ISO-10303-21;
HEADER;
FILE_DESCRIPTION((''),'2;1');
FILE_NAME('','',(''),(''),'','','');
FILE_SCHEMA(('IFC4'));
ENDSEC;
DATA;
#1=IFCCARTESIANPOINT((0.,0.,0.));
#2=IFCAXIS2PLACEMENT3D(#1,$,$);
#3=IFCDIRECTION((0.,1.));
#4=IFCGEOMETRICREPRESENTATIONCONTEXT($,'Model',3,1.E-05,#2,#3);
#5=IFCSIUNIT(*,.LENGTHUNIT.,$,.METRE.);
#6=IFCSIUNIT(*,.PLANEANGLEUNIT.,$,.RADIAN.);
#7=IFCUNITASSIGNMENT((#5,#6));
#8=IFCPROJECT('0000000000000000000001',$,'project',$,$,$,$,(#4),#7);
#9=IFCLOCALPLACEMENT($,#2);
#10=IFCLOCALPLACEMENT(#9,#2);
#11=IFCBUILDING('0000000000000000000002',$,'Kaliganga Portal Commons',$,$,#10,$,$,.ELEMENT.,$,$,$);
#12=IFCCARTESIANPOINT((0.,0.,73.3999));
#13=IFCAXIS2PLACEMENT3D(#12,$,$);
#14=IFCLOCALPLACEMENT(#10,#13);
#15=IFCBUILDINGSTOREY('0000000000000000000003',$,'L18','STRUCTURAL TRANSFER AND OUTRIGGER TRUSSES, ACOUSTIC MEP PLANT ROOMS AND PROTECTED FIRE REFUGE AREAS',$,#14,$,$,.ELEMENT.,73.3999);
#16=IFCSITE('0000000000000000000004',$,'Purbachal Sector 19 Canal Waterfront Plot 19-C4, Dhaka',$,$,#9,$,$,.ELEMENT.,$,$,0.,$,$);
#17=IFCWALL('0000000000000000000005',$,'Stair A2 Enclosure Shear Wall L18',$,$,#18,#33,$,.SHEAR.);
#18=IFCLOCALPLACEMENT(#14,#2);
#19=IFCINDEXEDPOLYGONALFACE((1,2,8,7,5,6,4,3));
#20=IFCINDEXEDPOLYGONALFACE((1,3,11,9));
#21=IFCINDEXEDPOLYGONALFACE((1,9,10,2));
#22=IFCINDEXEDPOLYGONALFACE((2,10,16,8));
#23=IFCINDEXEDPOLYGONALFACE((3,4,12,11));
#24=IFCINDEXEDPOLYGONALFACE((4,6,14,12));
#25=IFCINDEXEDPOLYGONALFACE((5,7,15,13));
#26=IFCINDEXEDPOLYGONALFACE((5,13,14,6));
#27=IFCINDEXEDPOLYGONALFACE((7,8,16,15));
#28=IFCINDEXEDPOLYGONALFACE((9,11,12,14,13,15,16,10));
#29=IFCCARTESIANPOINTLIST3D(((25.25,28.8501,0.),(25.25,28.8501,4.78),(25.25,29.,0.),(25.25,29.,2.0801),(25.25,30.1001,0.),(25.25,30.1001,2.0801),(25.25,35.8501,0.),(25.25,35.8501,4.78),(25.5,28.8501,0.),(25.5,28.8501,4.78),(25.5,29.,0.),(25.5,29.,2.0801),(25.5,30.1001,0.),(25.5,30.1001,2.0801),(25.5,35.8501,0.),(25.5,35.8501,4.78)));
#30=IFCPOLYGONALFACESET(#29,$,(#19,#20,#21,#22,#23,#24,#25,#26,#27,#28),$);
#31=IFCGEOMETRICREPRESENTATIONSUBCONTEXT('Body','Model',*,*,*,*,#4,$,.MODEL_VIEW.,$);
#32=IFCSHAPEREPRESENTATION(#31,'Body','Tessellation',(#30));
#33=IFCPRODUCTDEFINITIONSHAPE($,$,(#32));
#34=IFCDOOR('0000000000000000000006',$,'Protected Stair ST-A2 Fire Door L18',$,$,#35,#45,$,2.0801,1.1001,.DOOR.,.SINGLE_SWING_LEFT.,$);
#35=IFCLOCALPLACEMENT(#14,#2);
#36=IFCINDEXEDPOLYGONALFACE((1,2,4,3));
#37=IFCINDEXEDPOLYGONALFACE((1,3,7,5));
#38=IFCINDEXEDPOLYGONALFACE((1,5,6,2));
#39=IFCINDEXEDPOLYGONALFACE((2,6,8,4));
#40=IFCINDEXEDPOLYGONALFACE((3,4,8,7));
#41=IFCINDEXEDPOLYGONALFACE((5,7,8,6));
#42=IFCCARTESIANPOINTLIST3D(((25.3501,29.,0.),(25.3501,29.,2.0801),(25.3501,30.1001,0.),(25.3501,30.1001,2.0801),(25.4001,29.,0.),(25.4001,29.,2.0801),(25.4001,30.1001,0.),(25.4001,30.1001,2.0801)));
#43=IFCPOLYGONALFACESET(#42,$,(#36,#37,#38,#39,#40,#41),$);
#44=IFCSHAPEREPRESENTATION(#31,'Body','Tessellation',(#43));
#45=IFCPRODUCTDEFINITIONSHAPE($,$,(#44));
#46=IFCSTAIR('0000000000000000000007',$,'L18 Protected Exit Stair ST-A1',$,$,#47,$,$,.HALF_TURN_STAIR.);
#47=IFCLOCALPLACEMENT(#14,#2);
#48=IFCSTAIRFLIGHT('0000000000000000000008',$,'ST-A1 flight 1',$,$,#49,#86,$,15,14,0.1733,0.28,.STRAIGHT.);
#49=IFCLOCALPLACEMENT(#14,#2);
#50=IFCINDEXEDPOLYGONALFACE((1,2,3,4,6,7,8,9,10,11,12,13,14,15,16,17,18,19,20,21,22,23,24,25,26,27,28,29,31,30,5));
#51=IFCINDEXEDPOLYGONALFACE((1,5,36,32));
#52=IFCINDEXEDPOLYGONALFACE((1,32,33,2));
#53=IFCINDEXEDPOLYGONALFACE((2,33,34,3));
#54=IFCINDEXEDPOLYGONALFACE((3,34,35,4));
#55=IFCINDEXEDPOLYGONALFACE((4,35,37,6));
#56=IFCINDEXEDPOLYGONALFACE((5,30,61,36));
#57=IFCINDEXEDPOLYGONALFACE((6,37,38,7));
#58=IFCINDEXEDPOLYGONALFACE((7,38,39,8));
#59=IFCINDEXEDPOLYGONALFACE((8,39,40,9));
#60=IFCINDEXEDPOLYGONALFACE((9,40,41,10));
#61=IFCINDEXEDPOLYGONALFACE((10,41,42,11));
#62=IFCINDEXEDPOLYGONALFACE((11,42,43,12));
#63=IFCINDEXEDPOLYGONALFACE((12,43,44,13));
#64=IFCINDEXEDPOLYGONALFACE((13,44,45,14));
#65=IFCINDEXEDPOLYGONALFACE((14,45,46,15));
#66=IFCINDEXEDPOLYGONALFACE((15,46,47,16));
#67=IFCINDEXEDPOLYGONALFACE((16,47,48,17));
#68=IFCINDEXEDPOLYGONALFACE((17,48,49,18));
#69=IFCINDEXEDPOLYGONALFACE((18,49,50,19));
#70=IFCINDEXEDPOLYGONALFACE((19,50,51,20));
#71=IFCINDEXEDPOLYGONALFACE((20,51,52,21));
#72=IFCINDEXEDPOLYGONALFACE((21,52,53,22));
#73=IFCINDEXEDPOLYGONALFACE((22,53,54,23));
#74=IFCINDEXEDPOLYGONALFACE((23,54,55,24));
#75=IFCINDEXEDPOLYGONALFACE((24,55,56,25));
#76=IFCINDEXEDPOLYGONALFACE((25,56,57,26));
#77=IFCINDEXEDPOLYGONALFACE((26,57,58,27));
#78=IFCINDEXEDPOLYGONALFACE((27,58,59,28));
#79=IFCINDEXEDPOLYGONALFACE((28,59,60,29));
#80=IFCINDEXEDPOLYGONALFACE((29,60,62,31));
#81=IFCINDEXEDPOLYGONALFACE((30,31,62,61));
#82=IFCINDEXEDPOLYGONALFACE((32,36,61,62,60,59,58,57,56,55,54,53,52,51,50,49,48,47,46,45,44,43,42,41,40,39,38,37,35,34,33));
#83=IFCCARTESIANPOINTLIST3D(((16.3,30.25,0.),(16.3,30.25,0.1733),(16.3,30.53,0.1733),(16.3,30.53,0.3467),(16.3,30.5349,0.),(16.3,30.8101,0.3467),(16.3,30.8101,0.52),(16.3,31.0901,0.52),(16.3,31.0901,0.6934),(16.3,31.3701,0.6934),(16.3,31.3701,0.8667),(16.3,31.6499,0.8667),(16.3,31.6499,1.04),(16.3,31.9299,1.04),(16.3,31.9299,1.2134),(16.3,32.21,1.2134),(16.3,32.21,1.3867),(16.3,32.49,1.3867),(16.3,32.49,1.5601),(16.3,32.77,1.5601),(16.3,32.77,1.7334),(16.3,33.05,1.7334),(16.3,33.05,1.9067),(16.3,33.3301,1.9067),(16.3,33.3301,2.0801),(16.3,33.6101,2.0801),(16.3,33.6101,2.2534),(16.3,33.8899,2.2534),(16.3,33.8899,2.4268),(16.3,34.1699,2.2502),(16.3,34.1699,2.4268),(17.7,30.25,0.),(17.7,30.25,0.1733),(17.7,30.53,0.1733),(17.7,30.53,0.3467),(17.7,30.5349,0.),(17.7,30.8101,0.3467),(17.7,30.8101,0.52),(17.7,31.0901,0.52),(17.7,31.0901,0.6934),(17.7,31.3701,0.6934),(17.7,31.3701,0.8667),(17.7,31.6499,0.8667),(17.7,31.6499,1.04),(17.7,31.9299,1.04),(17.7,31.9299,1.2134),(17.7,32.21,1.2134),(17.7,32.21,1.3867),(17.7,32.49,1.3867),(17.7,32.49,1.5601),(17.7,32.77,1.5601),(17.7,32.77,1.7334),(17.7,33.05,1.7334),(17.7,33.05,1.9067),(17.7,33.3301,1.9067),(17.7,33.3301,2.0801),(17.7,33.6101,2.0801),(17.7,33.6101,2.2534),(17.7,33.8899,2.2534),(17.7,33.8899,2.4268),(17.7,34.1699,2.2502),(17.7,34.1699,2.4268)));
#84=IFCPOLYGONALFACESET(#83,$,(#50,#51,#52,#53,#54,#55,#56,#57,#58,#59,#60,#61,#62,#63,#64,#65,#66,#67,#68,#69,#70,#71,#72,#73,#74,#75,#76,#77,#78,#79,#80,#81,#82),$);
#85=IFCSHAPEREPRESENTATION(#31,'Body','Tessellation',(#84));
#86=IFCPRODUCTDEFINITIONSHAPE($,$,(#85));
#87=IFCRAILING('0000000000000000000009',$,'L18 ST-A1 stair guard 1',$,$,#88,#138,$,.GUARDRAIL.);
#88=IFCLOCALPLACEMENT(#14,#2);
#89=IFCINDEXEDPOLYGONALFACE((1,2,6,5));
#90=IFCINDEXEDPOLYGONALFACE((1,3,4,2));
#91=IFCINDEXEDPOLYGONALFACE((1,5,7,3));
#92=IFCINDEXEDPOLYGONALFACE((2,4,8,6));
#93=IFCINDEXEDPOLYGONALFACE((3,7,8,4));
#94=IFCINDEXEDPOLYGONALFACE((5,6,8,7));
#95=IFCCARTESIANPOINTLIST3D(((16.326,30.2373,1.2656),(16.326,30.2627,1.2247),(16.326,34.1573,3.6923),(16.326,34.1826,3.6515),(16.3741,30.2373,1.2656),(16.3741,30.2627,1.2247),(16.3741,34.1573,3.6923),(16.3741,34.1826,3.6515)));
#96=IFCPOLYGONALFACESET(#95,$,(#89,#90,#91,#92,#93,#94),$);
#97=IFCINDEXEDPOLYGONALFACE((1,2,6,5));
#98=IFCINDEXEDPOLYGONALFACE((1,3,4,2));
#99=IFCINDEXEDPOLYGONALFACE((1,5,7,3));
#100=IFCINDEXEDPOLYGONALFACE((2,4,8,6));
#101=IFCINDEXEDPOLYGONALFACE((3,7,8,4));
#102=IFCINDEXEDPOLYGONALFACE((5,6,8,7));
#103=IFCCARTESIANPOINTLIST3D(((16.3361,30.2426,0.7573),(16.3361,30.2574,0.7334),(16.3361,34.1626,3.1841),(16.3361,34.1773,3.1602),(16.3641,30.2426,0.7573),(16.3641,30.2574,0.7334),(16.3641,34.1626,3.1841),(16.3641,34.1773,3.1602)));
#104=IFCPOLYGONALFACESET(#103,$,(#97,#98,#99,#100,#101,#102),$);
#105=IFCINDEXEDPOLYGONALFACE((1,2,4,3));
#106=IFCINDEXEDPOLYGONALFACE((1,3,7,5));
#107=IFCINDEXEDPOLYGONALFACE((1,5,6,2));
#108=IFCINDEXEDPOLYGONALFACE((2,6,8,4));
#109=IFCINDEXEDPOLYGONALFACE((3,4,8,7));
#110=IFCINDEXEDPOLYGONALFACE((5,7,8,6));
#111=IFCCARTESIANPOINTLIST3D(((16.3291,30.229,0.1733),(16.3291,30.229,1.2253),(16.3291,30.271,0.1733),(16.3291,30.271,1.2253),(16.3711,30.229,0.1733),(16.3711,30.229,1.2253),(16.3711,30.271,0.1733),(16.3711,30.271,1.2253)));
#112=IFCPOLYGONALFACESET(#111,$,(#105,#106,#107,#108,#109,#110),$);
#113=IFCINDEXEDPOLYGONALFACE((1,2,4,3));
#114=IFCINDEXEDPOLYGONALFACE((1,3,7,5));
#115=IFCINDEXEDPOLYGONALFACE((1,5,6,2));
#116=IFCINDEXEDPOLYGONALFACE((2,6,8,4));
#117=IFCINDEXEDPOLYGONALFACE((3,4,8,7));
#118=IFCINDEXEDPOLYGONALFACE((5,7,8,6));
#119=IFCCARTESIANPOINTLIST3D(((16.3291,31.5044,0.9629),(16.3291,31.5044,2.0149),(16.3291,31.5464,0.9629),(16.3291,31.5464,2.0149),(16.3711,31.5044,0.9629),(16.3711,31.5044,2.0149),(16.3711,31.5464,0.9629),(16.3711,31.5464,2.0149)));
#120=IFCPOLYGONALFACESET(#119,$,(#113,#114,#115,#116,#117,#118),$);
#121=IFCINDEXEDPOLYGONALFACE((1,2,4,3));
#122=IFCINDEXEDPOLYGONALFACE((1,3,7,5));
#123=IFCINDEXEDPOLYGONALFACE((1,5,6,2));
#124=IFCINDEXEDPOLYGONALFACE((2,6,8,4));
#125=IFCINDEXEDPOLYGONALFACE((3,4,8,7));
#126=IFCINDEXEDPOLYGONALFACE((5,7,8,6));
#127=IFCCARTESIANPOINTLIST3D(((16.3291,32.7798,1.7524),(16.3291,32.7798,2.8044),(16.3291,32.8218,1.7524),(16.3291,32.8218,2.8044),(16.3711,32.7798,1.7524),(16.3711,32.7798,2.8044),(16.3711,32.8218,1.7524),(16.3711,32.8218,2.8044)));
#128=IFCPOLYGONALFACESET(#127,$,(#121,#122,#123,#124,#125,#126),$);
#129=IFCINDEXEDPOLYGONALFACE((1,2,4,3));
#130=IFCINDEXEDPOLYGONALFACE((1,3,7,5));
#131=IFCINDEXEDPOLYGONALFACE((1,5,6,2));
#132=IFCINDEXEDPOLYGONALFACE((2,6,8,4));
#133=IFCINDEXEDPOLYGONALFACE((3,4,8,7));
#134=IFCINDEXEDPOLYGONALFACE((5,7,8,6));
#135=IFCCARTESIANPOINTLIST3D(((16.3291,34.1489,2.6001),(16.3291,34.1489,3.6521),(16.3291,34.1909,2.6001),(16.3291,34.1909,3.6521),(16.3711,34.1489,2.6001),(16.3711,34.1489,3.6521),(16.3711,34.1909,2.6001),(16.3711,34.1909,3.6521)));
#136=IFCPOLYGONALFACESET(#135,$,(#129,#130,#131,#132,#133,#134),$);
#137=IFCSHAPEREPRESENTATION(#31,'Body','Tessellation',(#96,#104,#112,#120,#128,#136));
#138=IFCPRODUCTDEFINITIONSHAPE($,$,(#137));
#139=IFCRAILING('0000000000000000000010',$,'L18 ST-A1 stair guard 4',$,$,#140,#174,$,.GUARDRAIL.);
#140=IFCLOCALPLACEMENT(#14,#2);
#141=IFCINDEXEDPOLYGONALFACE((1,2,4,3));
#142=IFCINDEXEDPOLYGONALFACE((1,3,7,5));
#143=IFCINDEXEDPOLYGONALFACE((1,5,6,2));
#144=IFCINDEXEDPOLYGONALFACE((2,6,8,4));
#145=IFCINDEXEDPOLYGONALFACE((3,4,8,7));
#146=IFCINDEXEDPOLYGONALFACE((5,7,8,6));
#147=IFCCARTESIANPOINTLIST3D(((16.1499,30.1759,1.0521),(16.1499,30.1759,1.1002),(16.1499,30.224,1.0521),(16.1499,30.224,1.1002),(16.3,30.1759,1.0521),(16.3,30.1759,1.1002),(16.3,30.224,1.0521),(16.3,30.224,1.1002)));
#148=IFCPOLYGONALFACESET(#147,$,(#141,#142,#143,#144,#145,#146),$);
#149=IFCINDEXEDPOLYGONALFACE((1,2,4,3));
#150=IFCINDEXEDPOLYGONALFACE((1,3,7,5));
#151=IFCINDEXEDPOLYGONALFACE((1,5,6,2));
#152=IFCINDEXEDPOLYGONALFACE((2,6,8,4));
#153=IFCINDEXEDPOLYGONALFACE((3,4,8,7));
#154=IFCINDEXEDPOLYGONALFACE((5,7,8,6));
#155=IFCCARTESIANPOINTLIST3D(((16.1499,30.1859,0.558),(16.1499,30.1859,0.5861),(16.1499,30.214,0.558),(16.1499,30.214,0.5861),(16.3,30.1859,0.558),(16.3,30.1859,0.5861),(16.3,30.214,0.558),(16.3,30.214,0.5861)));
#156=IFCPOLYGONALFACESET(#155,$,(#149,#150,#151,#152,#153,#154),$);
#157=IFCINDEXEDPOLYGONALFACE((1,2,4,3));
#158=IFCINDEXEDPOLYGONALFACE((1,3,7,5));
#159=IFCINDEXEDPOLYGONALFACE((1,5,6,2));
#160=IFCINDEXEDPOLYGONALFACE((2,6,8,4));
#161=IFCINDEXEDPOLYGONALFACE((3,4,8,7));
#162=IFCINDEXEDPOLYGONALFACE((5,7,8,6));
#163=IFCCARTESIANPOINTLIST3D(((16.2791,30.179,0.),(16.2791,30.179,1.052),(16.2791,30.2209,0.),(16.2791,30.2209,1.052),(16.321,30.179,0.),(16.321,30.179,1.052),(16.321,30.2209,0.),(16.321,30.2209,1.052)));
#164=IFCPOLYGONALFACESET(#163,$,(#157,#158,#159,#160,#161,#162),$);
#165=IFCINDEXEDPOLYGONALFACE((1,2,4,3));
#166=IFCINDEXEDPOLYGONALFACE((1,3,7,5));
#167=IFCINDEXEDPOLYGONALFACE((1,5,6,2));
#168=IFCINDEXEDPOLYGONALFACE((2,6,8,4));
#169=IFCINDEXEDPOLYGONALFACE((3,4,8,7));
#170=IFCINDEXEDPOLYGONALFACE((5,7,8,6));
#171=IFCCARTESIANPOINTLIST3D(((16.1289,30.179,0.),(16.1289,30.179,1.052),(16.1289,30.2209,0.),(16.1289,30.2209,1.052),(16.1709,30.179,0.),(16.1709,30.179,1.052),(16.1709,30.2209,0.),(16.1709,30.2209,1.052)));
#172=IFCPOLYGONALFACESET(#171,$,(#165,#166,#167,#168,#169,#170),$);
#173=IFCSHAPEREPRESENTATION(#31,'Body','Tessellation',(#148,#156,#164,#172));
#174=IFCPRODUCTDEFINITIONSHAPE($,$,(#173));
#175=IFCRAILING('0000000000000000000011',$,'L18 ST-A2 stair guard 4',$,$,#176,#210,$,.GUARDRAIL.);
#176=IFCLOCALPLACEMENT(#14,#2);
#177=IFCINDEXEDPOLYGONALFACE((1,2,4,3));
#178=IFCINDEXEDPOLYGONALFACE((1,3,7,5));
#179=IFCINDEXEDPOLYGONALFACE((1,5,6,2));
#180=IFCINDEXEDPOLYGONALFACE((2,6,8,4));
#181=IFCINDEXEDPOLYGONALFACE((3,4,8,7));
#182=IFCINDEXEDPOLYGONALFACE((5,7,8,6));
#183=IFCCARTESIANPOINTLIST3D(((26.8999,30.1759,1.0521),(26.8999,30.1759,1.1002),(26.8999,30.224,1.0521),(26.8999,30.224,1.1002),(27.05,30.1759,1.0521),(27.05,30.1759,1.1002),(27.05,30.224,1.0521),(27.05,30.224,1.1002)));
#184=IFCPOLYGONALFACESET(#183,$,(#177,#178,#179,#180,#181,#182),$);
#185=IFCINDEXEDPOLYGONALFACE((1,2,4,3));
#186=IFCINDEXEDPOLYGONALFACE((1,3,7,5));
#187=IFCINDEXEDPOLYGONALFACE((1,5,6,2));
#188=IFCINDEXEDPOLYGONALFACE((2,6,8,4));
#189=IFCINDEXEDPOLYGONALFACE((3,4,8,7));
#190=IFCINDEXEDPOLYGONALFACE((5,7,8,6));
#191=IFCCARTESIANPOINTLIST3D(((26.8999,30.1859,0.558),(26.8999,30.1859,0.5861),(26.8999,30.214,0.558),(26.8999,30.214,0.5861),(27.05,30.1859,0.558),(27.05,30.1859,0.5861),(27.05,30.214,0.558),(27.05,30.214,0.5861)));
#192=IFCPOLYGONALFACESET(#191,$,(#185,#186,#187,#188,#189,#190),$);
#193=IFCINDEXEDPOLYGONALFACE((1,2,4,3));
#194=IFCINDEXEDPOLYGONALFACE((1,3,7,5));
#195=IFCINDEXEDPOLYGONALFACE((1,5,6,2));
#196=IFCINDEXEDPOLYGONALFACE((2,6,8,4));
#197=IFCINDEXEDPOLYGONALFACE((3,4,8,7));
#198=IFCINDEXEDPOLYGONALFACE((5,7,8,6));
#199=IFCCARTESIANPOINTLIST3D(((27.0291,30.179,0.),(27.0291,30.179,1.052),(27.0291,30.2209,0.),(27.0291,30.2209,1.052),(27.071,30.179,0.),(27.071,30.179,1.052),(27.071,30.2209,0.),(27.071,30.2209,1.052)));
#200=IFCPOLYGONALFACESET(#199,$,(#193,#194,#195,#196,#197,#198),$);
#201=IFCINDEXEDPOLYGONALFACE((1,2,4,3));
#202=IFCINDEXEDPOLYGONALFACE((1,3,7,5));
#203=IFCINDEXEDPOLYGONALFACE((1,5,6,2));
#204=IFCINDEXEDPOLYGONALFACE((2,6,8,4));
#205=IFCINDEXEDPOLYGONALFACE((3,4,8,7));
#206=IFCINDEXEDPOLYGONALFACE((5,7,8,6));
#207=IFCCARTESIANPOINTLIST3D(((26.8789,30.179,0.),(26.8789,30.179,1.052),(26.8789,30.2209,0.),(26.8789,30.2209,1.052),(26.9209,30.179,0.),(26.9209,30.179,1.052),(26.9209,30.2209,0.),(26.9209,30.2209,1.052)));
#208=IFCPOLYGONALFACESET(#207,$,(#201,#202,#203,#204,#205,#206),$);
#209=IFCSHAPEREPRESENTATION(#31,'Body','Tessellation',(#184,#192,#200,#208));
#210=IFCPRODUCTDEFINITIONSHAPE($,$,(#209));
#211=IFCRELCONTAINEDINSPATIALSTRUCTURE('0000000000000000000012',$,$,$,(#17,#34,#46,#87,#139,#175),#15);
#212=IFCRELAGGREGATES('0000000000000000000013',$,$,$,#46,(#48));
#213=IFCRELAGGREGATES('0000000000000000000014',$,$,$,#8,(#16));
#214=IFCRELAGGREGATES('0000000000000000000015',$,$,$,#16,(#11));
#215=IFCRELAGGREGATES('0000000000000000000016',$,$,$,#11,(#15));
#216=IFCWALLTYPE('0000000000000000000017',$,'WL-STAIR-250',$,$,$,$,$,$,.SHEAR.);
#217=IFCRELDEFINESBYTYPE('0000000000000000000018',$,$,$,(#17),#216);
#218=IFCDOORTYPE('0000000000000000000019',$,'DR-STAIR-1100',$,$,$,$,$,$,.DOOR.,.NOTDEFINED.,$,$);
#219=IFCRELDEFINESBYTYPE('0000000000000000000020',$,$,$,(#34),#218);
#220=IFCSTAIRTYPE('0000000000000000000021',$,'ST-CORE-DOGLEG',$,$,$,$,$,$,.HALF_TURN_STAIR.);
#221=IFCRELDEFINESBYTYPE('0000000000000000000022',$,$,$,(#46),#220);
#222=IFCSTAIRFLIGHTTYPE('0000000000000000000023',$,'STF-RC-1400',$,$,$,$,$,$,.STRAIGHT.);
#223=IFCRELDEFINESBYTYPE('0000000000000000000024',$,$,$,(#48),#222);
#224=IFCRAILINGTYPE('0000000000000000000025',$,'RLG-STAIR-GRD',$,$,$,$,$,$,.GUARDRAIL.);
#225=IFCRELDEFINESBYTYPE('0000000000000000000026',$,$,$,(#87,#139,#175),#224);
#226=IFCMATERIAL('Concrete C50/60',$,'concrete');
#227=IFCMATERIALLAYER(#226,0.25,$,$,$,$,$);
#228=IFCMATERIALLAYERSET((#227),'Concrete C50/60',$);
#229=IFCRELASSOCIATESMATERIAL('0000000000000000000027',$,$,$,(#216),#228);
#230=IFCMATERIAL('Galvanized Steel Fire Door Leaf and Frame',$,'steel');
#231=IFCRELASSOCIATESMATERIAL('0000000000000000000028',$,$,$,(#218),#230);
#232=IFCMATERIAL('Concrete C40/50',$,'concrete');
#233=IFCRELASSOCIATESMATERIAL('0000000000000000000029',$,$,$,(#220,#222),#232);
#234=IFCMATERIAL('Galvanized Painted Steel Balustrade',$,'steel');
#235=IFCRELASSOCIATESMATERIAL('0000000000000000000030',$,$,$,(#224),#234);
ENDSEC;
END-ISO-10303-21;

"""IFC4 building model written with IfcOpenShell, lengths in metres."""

from ifc_helpers import new_model, si_unit, direction, frame, frame_2d, origin, origin_2d, place, context, subcontext, project, spatial, polyline, rectangle, outline, extrude, material, layer, layer_set, type_object, element, fill, aggregate, save


model = new_model("IFC4")

# Units and contexts
model_context = context("Model", 3, precision=1e-05, world=origin(), true_north=direction((0.0, 1.0)))
body_context = subcontext(model_context, "Body", "Model", "MODEL_VIEW")
ifc_project = project(units=[si_unit("LENGTHUNIT", "METRE"), si_unit("PLANEANGLEUNIT", "RADIAN")], contexts=[model_context])

# Site, building, storey
site_placement = place(None, origin())
site = spatial("IfcSite", under=ifc_project, at=site_placement, Name="Purbachal Sector 19 Canal Waterfront Plot 19-C4, Dhaka", CompositionType="ELEMENT", RefElevation=0.0)
building_placement = place(site_placement, origin())
building = spatial("IfcBuilding", under=site, at=building_placement, Name="Kaliganga Portal Commons", CompositionType="ELEMENT")
storey_placement = place(building_placement, frame((0.0, 0.0, 73.3999)))
storey = spatial("IfcBuildingStorey", under=building, at=storey_placement, Name="L18", Description="STRUCTURAL TRANSFER AND OUTRIGGER TRUSSES, ACOUSTIC MEP PLANT ROOMS AND PROTECTED FIRE REFUGE AREAS", CompositionType="ELEMENT", Elevation=73.3999)

# Wall, opening, door
ifc_material_1 = material(Name="Concrete C50/60", Category="concrete")
ifc_layer_1 = layer(ifc_material_1, 0.25)
ifc_layer_set_1 = layer_set([ifc_layer_1], Name="Concrete C50/60")
wall_type_1 = type_object("IfcWallType", Name="WL-STAIR-250", PredefinedType="SHEAR", material=ifc_layer_set_1)
ifc_material_2 = material(Name="Galvanized Steel Fire Door Leaf and Frame", Category="steel")
door_type_1 = type_object("IfcDoorType", Name="DR-STAIR-1100", OperationType="NOTDEFINED", PredefinedType="DOOR", material=ifc_material_2)
wall_1_placement = place(storey_placement, frame((25.375, 28.8501, 0.0), z_axis=(0.0, 0.0, 1.0), x_axis=(0.0, 1.0, 0.0)))
wall_1 = element("IfcWall", 1, at=wall_1_placement, inside=storey, type_object=wall_type_1, Name="Stair A2 Enclosure Shear Wall L18", PredefinedType="SHEAR", context=body_context, shape_type="SweptSolid", body=[
    extrude(rectangle(XDim=7.0, YDim=0.25, at=frame_2d((3.5, 0.0))), origin(), (0.0, 0.0, 1.0), 4.78),
])
opening_1_placement = place(wall_1_placement, frame((0.1499, 0.0, 0.0)))
opening_1 = element("IfcOpeningElement", 2, at=opening_1_placement, cuts=wall_1, PredefinedType="OPENING", context=body_context, shape_type="SweptSolid", body=[
    extrude(rectangle(XDim=1.1001, YDim=2.0801, at=frame_2d((0.55, 1.04))), frame((0.0, 0.135, 0.0), z_axis=(0.0, -1.0, 0.0), x_axis=(1.0, 0.0, 0.0)), (0.0, 0.0, 1.0), 0.27),
])
door_1_placement = place(opening_1_placement, origin())
door_1 = element("IfcDoor", 3, at=door_1_placement, inside=storey, type_object=door_type_1, Name="Protected Stair ST-A2 Fire Door L18", OperationType="SINGLE_SWING_LEFT", OverallHeight=2.0801, OverallWidth=1.1001, PredefinedType="DOOR", context=body_context, shape_type="SweptSolid", body=[
    extrude(rectangle(XDim=1.1001, YDim=2.0801, at=frame_2d((0.55, 1.04))), frame((0.0, 0.0249, 0.0), z_axis=(0.0, -1.0, 0.0), x_axis=(1.0, 0.0, 0.0)), (0.0, 0.0, 1.0), 0.05),
])
fill(opening_1, door_1)

# Stair, stair flight
ifc_material_3 = material(Name="Concrete C40/50", Category="concrete")
stair_type = type_object("IfcStairType", Name="ST-CORE-DOGLEG", PredefinedType="HALF_TURN_STAIR", material=ifc_material_3)
stair_placement = place(storey_placement, origin())
stair = element("IfcStair", 4, at=stair_placement, inside=storey, type_object=stair_type, Name="L18 Protected Exit Stair ST-A1", PredefinedType="HALF_TURN_STAIR")
stair_flight_type = type_object("IfcStairFlightType", Name="STF-RC-1400", PredefinedType="STRAIGHT", material=ifc_material_3)
stair_flight_placement = place(storey_placement, frame((17.0, 30.25, 0.0), z_axis=(0.0, 0.0, 1.0), x_axis=(0.0, 1.0, 0.0)))
stair_flight = element("IfcStairFlight", 5, at=stair_flight_placement, type_object=stair_flight_type, Name="ST-A1 flight 1", NumberOfRisers=15, NumberOfTreads=14, PredefinedType="STRAIGHT", RiserHeight=0.1733, TreadLength=0.28, context=body_context, shape_type="SweptSolid", body=[
    extrude(outline(polyline([(0.0, 0.0), (0.0, 0.1733), (0.28, 0.1733), (0.28, 0.3467), (0.5601, 0.3467), (0.5601, 0.52), (0.8401, 0.52), (0.8401, 0.6934), (1.1201, 0.6934), (1.1201, 0.8667), (1.3999, 0.8667), (1.3999, 1.04), (1.6799, 1.04), (1.6799, 1.2134), (1.96, 1.2134), (1.96, 1.3867), (2.24, 1.3867), (2.24, 1.5601), (2.52, 1.5601), (2.52, 1.7334), (2.8, 1.7334), (2.8, 1.9067), (3.0801, 1.9067), (3.0801, 2.0801), (3.3601, 2.0801), (3.3601, 2.2534), (3.6399, 2.2534), (3.6399, 2.4268), (3.9199, 2.4268), (3.9199, 2.6001), (3.9199, 2.2502), (0.2849, 0.0), (0.0, 0.0)])), frame((0.0, 0.7, 0.0), z_axis=(0.0, -1.0, 0.0), x_axis=(1.0, 0.0, 0.0)), (0.0, 0.0, 1.0), 1.3999),
])
aggregate(stair, [stair_flight])

# Railings
ifc_material_4 = material(Name="Galvanized Painted Steel Balustrade", Category="steel")
railing_type_1 = type_object("IfcRailingType", Name="RLG-STAIR-GRD", PredefinedType="GUARDRAIL", material=ifc_material_4)
railing_1_placement = place(storey_placement, frame((16.3501, 30.25, 0.1733)))
element("IfcRailing", 6, at=railing_1_placement, inside=storey, type_object=railing_type_1, Name="L18 ST-A1 stair guard 1", PredefinedType="GUARDRAIL", context=body_context, shape_type="SweptSolid", body=[
    extrude(rectangle(XDim=0.0481, YDim=0.0481, at=origin_2d()), frame((0.0, 0.0, 1.0718), z_axis=(0.0, 0.850252, 0.526376), x_axis=(-1.0, 0.0, 0.0)), (0.0, 0.0, 1.0), 4.6104),
    extrude(rectangle(XDim=0.0281, YDim=0.0281, at=origin_2d()), frame((0.0, 0.0, 0.572), z_axis=(0.0, 0.850252, 0.526376), x_axis=(-1.0, 0.0, 0.0)), (0.0, 0.0, 1.0), 4.6104),
    extrude(rectangle(XDim=0.042, YDim=0.042, at=origin_2d()), origin(), (0.0, 0.0, 1.0), 1.052),
    extrude(rectangle(XDim=0.042, YDim=0.042, at=origin_2d()), frame((0.0, 1.2754, 0.7896)), (0.0, 0.0, 1.0), 1.052),
    extrude(rectangle(XDim=0.042, YDim=0.042, at=origin_2d()), frame((0.0, 2.5508, 1.5791)), (0.0, 0.0, 1.0), 1.052),
    extrude(rectangle(XDim=0.042, YDim=0.042, at=origin_2d()), frame((0.0, 3.9199, 2.4268)), (0.0, 0.0, 1.0), 1.052),
])
for number, where, name in (
    (7, (16.3, 30.2, 0.0), "L18 ST-A1 stair guard 4"),
    (8, (27.05, 30.2, 0.0), "L18 ST-A2 stair guard 4"),
):
    element("IfcRailing", number, at=place(storey_placement, frame(where)), inside=storey, type_object=railing_type_1, Name=name, PredefinedType="GUARDRAIL", context=body_context, shape_type="SweptSolid", body=[
        extrude(rectangle(XDim=0.0481, YDim=0.0481, at=origin_2d()), frame((0.0, 0.0, 1.0762), z_axis=(-1.0, 0.0, 0.0), x_axis=(0.0, -1.0, 0.0)), (0.0, 0.0, 1.0), 0.1501),
        extrude(rectangle(XDim=0.0281, YDim=0.0281, at=origin_2d()), frame((0.0, 0.0, 0.572), z_axis=(-1.0, 0.0, 0.0), x_axis=(0.0, -1.0, 0.0)), (0.0, 0.0, 1.0), 0.1501),
        extrude(rectangle(XDim=0.042, YDim=0.042, at=origin_2d()), origin(), (0.0, 0.0, 1.0), 1.052),
        extrude(rectangle(XDim=0.042, YDim=0.042, at=origin_2d()), frame((-0.1501, 0.0, 0.0)), (0.0, 0.0, 1.0), 1.052),
    ])

save(model, "model.ifc")
